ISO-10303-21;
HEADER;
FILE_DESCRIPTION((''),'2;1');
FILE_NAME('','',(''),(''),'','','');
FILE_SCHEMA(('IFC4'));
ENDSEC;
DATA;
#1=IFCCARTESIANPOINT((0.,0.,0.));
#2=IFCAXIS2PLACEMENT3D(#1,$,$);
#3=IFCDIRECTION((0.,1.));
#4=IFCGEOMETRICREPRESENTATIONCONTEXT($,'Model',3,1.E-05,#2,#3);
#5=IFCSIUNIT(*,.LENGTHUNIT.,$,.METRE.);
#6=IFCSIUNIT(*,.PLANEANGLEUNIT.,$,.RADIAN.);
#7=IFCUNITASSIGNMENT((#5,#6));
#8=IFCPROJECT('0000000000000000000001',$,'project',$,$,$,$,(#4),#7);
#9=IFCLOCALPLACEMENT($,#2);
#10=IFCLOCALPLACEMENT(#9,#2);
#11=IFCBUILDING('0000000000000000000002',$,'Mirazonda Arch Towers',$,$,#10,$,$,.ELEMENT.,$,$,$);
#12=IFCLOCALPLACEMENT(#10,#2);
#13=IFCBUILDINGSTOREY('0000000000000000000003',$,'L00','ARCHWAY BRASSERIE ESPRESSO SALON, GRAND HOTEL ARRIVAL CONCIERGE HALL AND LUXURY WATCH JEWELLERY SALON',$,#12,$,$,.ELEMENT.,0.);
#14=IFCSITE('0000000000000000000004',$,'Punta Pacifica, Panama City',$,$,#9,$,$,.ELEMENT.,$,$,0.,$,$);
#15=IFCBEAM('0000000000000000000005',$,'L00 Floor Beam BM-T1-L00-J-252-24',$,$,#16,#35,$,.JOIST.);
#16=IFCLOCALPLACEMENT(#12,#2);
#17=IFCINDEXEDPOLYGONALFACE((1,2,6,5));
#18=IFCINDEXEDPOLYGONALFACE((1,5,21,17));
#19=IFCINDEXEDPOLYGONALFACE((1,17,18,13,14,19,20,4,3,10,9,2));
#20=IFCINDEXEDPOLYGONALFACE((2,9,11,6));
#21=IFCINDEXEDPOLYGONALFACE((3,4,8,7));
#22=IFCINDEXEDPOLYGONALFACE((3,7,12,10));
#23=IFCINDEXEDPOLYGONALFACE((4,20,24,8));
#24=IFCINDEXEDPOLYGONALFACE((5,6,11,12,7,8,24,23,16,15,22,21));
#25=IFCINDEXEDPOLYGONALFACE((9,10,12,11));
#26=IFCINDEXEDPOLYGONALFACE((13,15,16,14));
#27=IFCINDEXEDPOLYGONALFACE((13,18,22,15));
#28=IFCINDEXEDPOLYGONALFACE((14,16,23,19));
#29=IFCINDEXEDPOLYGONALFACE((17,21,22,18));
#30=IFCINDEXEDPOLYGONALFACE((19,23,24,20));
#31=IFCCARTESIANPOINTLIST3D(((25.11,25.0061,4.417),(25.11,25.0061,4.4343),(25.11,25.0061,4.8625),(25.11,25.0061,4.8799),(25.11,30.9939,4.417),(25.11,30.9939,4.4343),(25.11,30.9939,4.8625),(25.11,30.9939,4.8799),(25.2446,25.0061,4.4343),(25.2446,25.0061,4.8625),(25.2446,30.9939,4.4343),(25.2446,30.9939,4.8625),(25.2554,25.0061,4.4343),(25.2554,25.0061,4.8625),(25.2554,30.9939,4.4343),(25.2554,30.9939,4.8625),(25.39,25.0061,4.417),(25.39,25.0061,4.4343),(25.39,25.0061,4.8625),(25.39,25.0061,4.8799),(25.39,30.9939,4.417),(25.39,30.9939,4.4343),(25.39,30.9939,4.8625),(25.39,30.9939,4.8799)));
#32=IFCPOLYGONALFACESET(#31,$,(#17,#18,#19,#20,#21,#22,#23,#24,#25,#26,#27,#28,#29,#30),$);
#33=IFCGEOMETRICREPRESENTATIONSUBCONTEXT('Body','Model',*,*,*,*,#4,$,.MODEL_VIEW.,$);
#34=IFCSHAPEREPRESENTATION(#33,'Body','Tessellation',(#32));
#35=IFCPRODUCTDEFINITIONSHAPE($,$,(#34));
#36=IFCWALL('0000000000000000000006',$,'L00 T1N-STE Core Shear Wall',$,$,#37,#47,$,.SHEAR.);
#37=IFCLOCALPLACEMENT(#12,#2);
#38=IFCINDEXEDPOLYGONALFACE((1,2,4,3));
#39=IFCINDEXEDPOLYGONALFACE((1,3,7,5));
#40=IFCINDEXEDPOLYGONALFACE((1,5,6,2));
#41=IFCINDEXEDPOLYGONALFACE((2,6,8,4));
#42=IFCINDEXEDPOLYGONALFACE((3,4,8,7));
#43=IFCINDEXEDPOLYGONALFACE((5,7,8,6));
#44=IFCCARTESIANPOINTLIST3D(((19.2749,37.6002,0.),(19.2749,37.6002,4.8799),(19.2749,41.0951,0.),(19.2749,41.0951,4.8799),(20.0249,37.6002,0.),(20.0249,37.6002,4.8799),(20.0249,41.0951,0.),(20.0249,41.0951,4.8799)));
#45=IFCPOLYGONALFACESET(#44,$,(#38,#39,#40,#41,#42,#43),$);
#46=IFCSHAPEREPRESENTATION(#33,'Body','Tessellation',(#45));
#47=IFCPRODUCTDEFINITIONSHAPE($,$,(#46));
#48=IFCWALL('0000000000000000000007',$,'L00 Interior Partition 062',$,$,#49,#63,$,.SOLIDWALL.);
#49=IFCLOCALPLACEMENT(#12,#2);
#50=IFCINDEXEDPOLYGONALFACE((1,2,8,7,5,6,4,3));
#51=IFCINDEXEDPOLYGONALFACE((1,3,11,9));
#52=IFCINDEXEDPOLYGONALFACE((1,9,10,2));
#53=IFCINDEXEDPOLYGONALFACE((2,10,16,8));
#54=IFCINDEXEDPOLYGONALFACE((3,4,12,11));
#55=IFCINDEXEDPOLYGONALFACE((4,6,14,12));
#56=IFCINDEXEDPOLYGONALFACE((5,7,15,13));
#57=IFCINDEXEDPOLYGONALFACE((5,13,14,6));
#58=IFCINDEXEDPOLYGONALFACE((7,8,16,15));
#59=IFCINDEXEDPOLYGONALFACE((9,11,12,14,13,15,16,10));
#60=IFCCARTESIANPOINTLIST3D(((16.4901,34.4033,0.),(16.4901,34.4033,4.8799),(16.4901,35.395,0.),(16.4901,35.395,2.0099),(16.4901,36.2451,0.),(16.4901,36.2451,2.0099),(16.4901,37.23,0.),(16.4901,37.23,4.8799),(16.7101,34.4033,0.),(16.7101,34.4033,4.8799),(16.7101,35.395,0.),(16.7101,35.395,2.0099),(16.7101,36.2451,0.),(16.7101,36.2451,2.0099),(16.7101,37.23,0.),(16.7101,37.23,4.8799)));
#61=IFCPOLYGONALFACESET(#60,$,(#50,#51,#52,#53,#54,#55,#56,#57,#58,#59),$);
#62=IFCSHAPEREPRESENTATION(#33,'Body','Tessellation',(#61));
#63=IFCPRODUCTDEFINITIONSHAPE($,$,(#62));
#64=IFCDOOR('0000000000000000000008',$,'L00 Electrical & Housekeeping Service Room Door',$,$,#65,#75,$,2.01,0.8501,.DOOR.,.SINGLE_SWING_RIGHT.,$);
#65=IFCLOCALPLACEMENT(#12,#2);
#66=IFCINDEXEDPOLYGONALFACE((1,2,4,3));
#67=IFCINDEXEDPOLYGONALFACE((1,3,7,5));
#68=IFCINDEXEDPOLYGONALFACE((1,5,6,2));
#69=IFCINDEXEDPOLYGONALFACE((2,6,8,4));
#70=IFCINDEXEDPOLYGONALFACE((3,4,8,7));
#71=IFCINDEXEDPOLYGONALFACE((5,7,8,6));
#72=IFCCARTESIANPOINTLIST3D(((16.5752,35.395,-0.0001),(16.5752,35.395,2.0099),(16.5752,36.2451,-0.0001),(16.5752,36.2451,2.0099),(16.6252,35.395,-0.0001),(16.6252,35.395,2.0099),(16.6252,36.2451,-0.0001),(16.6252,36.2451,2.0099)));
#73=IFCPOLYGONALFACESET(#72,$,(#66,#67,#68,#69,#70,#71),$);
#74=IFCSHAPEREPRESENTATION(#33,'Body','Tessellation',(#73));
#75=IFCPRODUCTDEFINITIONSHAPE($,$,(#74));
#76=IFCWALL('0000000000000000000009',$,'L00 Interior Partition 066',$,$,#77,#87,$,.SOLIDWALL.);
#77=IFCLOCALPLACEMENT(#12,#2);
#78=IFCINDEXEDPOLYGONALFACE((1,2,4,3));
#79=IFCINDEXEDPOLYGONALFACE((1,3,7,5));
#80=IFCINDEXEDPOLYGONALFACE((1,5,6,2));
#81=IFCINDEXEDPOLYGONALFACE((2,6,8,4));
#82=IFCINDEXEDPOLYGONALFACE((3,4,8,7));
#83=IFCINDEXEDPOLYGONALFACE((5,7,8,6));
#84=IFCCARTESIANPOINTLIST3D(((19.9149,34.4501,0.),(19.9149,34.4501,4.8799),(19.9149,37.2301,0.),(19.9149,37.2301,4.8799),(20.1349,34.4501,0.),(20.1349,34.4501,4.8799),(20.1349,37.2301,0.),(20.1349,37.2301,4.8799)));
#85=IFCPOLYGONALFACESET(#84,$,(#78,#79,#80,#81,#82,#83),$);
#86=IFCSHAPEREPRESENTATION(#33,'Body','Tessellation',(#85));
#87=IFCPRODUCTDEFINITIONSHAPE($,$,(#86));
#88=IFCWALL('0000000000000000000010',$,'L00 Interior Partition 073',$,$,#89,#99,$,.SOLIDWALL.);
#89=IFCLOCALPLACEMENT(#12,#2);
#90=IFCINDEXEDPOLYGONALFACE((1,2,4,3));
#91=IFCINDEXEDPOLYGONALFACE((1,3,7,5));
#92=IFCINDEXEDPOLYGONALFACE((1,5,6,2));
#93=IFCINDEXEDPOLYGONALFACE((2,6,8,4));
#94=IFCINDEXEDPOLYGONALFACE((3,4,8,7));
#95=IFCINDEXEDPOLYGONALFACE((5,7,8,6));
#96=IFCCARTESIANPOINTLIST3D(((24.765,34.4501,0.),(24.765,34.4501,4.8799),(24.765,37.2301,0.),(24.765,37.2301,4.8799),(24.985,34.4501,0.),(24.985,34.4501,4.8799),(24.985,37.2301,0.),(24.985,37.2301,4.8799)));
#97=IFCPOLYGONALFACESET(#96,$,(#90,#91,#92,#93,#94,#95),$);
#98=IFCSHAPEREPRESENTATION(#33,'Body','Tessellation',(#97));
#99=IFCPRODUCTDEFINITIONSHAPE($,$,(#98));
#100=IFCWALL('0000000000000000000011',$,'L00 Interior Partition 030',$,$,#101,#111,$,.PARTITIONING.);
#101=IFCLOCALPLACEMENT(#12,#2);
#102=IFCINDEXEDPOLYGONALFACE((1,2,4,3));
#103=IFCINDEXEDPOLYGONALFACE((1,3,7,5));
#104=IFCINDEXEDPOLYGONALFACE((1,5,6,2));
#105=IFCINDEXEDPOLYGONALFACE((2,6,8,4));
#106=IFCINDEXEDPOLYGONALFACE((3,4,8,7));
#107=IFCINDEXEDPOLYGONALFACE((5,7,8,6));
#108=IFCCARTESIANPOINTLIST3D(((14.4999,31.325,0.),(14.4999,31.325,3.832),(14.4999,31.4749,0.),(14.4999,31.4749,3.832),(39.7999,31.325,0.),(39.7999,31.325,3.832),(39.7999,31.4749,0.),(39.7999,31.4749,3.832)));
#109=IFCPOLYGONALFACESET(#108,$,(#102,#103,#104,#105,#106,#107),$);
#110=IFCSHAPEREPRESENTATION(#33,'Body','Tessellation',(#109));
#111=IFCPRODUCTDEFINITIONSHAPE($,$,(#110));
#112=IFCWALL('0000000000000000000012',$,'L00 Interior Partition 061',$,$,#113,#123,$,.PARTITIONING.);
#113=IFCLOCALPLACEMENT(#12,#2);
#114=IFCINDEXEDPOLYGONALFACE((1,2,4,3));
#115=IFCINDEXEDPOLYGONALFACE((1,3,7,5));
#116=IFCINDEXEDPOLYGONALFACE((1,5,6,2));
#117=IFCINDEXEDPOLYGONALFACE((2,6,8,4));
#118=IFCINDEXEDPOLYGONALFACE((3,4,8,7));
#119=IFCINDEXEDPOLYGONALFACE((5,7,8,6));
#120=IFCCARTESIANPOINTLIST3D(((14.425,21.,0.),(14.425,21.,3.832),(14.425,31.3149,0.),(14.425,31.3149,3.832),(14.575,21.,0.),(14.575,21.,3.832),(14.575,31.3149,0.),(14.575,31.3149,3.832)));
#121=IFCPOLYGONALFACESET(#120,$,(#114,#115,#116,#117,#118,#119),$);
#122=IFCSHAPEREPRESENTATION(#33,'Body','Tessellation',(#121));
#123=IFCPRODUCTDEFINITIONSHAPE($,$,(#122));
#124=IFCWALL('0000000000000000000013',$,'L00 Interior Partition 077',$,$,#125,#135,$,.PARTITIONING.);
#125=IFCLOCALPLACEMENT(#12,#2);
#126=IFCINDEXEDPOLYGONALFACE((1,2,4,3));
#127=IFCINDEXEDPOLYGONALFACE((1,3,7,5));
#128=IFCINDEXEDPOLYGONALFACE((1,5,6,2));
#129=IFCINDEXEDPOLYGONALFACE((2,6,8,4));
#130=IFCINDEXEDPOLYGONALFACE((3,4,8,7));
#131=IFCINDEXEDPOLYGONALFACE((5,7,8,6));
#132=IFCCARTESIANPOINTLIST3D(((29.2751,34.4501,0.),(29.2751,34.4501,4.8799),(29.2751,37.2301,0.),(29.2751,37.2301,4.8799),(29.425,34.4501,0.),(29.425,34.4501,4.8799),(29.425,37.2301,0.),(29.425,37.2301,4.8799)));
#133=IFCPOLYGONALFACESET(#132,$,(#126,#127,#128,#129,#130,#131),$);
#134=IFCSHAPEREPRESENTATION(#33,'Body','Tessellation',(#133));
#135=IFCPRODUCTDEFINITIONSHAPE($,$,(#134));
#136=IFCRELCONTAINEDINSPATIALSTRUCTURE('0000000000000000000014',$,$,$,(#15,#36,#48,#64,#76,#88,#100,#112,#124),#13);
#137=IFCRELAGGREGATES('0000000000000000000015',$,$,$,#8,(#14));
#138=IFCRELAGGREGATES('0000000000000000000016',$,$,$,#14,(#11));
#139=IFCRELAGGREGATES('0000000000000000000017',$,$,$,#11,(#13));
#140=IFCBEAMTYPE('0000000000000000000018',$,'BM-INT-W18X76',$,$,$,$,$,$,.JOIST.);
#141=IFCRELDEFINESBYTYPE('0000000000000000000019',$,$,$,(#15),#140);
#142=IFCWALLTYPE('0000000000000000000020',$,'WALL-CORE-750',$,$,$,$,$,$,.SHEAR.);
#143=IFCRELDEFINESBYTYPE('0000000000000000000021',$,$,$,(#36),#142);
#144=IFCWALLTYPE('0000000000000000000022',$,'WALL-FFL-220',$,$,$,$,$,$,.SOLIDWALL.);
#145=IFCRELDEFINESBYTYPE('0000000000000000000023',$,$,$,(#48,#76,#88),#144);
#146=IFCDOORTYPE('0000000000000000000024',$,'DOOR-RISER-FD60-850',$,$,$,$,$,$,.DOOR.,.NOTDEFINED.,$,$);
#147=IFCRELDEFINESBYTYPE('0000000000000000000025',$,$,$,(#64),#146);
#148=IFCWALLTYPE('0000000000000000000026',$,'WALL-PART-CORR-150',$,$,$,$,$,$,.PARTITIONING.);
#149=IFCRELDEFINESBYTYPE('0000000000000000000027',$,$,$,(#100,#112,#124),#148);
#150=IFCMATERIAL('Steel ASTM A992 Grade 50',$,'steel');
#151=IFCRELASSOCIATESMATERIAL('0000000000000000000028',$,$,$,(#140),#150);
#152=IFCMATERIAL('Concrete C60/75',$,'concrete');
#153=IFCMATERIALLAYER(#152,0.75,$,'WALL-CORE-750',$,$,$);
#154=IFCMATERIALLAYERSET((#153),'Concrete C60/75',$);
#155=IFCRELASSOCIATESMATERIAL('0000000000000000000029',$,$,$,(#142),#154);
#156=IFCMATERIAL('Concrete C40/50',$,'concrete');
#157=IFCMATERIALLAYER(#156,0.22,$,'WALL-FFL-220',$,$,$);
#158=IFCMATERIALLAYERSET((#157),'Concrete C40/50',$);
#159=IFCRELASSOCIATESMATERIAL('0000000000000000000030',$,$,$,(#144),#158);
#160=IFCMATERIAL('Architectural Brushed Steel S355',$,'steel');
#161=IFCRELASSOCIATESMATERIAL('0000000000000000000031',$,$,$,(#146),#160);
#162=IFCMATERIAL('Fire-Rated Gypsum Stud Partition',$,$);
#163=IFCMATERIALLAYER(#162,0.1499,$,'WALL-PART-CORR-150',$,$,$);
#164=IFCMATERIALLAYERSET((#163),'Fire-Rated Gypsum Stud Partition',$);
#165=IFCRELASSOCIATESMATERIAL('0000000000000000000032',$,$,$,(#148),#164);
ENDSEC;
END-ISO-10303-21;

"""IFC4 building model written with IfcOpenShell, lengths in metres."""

from ifc_helpers import new_model, si_unit, direction, frame, frame_2d, origin, origin_2d, place, context, subcontext, project, spatial, rectangle, i_section, extrude, material, layer, layer_set, material_profile, profile_set, type_object, element, fill, save


model = new_model("IFC4")

# Units and contexts
model_context = context("Model", 3, precision=1e-05, world=origin(), true_north=direction((0.0, 1.0)))
body_context = subcontext(model_context, "Body", "Model", "MODEL_VIEW")
ifc_project = project(units=[si_unit("LENGTHUNIT", "METRE"), si_unit("PLANEANGLEUNIT", "RADIAN")], contexts=[model_context])

# Site, building, storey
site_placement = place(None, origin())
site = spatial("IfcSite", under=ifc_project, at=site_placement, Name="Punta Pacifica, Panama City", CompositionType="ELEMENT", RefElevation=0.0)
building_placement = place(site_placement, origin())
building = spatial("IfcBuilding", under=site, at=building_placement, Name="Mirazonda Arch Towers", CompositionType="ELEMENT")
storey_placement = place(building_placement, origin())
storey = spatial("IfcBuildingStorey", under=building, at=storey_placement, Name="L00", Description="ARCHWAY BRASSERIE ESPRESSO SALON, GRAND HOTEL ARRIVAL CONCIERGE HALL AND LUXURY WATCH JEWELLERY SALON", CompositionType="ELEMENT", Elevation=0.0)

# Shared definitions
ifc_material_1 = material(Name="Concrete C60/75", Category="concrete")

# Beam
ifc_material_2 = material(Name="Steel ASTM A992 Grade 50", Category="steel")
ifc_material_profile_1 = material_profile(ifc_material_2, i_section(OverallWidth=0.28, OverallDepth=0.4629, WebThickness=0.0107, FlangeThickness=0.0173, at=origin_2d()), Name="W18X76")
ifc_profile_set_1 = profile_set([ifc_material_profile_1], Name="Steel ASTM A992 Grade 50")
beam_type = type_object("IfcBeamType", Name="BM-INT-W18X76", PredefinedType="JOIST", material=ifc_profile_set_1)
beam_1_placement = place(storey_placement, frame((25.25, 25.0061, 4.6484), z_axis=(0.0, 1.0, 0.0), x_axis=(-1.0, 0.0, 0.0)))
element("IfcBeam", 1, at=beam_1_placement, inside=storey, type_object=beam_type, Name="L00 Floor Beam BM-T1-L00-J-252-24", PredefinedType="JOIST", context=body_context, shape_type="SweptSolid", body=[
    extrude(i_section(OverallWidth=0.28, OverallDepth=0.4629, WebThickness=0.0107, FlangeThickness=0.0173, at=origin_2d()), origin(), (0.0, 0.0, 1.0), 5.9878),
])

# Wall
ifc_layer_1 = layer(ifc_material_1, 0.75, Name="WALL-CORE-750")
ifc_layer_set_1 = layer_set([ifc_layer_1], Name="Concrete C60/75")
wall_type_1 = type_object("IfcWallType", Name="WALL-CORE-750", PredefinedType="SHEAR", material=ifc_layer_set_1)
wall_1_placement = place(storey_placement, frame((19.6499, 37.6001, 0.0), z_axis=(0.0, 0.0, 1.0), x_axis=(0.0, 1.0, 0.0)))
element("IfcWall", 2, at=wall_1_placement, inside=storey, type_object=wall_type_1, Name="L00 T1N-STE Core Shear Wall", PredefinedType="SHEAR", context=body_context, shape_type="SweptSolid", body=[
    extrude(rectangle(XDim=3.4949, YDim=0.75, at=frame_2d((1.7476, 0.0))), origin(), (0.0, 0.0, 1.0), 4.8799),
])

# Wall, opening, door
ifc_material_3 = material(Name="Concrete C40/50", Category="concrete")
ifc_layer_2 = layer(ifc_material_3, 0.22, Name="WALL-FFL-220")
ifc_layer_set_2 = layer_set([ifc_layer_2], Name="Concrete C40/50")
wall_type_2 = type_object("IfcWallType", Name="WALL-FFL-220", PredefinedType="SOLIDWALL", material=ifc_layer_set_2)
wall_2_placement = place(storey_placement, frame((16.6001, 34.4033, 0.0), z_axis=(0.0, 0.0, 1.0), x_axis=(0.0, 1.0, 0.0)))
wall_2 = element("IfcWall", 3, at=wall_2_placement, inside=storey, type_object=wall_type_2, Name="L00 Interior Partition 062", PredefinedType="SOLIDWALL", context=body_context, shape_type="SweptSolid", body=[
    extrude(rectangle(XDim=2.8267, YDim=0.22, at=frame_2d((1.4133, 0.0))), origin(), (0.0, 0.0, 1.0), 4.8799),
])
opening_placement = place(wall_2_placement, frame((0.9917, 0.0, 0.0)))
opening = element("IfcOpeningElement", 4, at=opening_placement, cuts=wall_2, PredefinedType="OPENING", context=body_context, shape_type="SweptSolid", body=[
    extrude(rectangle(XDim=0.8501, YDim=2.01, at=frame_2d((0.425, 1.0049))), frame((0.0, 0.1199, 0.0), z_axis=(0.0, -1.0, 0.0), x_axis=(1.0, 0.0, 0.0)), (0.0, 0.0, 1.0), 0.24),
])
ifc_material_4 = material(Name="Architectural Brushed Steel S355", Category="steel")
door_type = type_object("IfcDoorType", Name="DOOR-RISER-FD60-850", OperationType="NOTDEFINED", PredefinedType="DOOR", material=ifc_material_4)
door_placement = place(opening_placement, origin())
door = element("IfcDoor", 5, at=door_placement, inside=storey, type_object=door_type, Name="L00 Electrical & Housekeeping Service Room Door", OperationType="SINGLE_SWING_RIGHT", OverallHeight=2.01, OverallWidth=0.8501, PredefinedType="DOOR", context=body_context, shape_type="SweptSolid", body=[
    extrude(rectangle(XDim=0.8501, YDim=2.01, at=frame_2d((0.425, 1.0049))), frame((0.0, 0.0249, 0.0), z_axis=(0.0, -1.0, 0.0), x_axis=(1.0, 0.0, 0.0)), (0.0, 0.0, 1.0), 0.05),
])
fill(opening, door)

# Walls
for number, where, z_axis, x_axis, name in (
    (6, (20.0249, 34.45, 0.0), (0.0, 0.0, 1.0), (0.0, 1.0, 0.0), "L00 Interior Partition 066"),
    (7, (24.875, 34.45, 0.0), (0.0, 0.0, 1.0), (0.0, 1.0, 0.0), "L00 Interior Partition 073"),
):
    element("IfcWall", number, at=place(storey_placement, frame(where, z_axis=z_axis, x_axis=x_axis)), inside=storey, type_object=wall_type_2, Name=name, PredefinedType="SOLIDWALL", context=body_context, shape_type="SweptSolid", body=[
        extrude(rectangle(XDim=2.78, YDim=0.22, at=frame_2d((1.3901, 0.0))), origin(), (0.0, 0.0, 1.0), 4.8799),
    ])
ifc_material_5 = material(Name="Fire-Rated Gypsum Stud Partition")
ifc_layer_3 = layer(ifc_material_5, 0.1499, Name="WALL-PART-CORR-150")
ifc_layer_set_3 = layer_set([ifc_layer_3], Name="Fire-Rated Gypsum Stud Partition")
wall_type_3 = type_object("IfcWallType", Name="WALL-PART-CORR-150", PredefinedType="PARTITIONING", material=ifc_layer_set_3)
wall_3_placement = place(storey_placement, frame((14.5, 31.3999, 0.0), z_axis=(0.0, 0.0, 1.0), x_axis=(1.0, 0.0, 0.0)))
element("IfcWall", 8, at=wall_3_placement, inside=storey, type_object=wall_type_3, Name="L00 Interior Partition 030", PredefinedType="PARTITIONING", context=body_context, shape_type="SweptSolid", body=[
    extrude(rectangle(XDim=25.3, YDim=0.1499, at=frame_2d((12.6499, 0.0))), origin(), (0.0, 0.0, 1.0), 3.832),
])
wall_4_placement = place(storey_placement, frame((14.5, 21.0, 0.0), z_axis=(0.0, 0.0, 1.0), x_axis=(0.0, 1.0, 0.0)))
element("IfcWall", 9, at=wall_4_placement, inside=storey, type_object=wall_type_3, Name="L00 Interior Partition 061", PredefinedType="PARTITIONING", context=body_context, shape_type="SweptSolid", body=[
    extrude(rectangle(XDim=10.3149, YDim=0.1499, at=frame_2d((5.1575, 0.0))), origin(), (0.0, 0.0, 1.0), 3.832),
])
wall_5_placement = place(storey_placement, frame((29.3501, 34.45, 0.0), z_axis=(0.0, 0.0, 1.0), x_axis=(0.0, 1.0, 0.0)))
element("IfcWall", 10, at=wall_5_placement, inside=storey, type_object=wall_type_3, Name="L00 Interior Partition 077", PredefinedType="PARTITIONING", context=body_context, shape_type="SweptSolid", body=[
    extrude(rectangle(XDim=2.78, YDim=0.1499, at=frame_2d((1.3901, 0.0))), origin(), (0.0, 0.0, 1.0), 4.8799),
])

save(model, "model.ifc")
